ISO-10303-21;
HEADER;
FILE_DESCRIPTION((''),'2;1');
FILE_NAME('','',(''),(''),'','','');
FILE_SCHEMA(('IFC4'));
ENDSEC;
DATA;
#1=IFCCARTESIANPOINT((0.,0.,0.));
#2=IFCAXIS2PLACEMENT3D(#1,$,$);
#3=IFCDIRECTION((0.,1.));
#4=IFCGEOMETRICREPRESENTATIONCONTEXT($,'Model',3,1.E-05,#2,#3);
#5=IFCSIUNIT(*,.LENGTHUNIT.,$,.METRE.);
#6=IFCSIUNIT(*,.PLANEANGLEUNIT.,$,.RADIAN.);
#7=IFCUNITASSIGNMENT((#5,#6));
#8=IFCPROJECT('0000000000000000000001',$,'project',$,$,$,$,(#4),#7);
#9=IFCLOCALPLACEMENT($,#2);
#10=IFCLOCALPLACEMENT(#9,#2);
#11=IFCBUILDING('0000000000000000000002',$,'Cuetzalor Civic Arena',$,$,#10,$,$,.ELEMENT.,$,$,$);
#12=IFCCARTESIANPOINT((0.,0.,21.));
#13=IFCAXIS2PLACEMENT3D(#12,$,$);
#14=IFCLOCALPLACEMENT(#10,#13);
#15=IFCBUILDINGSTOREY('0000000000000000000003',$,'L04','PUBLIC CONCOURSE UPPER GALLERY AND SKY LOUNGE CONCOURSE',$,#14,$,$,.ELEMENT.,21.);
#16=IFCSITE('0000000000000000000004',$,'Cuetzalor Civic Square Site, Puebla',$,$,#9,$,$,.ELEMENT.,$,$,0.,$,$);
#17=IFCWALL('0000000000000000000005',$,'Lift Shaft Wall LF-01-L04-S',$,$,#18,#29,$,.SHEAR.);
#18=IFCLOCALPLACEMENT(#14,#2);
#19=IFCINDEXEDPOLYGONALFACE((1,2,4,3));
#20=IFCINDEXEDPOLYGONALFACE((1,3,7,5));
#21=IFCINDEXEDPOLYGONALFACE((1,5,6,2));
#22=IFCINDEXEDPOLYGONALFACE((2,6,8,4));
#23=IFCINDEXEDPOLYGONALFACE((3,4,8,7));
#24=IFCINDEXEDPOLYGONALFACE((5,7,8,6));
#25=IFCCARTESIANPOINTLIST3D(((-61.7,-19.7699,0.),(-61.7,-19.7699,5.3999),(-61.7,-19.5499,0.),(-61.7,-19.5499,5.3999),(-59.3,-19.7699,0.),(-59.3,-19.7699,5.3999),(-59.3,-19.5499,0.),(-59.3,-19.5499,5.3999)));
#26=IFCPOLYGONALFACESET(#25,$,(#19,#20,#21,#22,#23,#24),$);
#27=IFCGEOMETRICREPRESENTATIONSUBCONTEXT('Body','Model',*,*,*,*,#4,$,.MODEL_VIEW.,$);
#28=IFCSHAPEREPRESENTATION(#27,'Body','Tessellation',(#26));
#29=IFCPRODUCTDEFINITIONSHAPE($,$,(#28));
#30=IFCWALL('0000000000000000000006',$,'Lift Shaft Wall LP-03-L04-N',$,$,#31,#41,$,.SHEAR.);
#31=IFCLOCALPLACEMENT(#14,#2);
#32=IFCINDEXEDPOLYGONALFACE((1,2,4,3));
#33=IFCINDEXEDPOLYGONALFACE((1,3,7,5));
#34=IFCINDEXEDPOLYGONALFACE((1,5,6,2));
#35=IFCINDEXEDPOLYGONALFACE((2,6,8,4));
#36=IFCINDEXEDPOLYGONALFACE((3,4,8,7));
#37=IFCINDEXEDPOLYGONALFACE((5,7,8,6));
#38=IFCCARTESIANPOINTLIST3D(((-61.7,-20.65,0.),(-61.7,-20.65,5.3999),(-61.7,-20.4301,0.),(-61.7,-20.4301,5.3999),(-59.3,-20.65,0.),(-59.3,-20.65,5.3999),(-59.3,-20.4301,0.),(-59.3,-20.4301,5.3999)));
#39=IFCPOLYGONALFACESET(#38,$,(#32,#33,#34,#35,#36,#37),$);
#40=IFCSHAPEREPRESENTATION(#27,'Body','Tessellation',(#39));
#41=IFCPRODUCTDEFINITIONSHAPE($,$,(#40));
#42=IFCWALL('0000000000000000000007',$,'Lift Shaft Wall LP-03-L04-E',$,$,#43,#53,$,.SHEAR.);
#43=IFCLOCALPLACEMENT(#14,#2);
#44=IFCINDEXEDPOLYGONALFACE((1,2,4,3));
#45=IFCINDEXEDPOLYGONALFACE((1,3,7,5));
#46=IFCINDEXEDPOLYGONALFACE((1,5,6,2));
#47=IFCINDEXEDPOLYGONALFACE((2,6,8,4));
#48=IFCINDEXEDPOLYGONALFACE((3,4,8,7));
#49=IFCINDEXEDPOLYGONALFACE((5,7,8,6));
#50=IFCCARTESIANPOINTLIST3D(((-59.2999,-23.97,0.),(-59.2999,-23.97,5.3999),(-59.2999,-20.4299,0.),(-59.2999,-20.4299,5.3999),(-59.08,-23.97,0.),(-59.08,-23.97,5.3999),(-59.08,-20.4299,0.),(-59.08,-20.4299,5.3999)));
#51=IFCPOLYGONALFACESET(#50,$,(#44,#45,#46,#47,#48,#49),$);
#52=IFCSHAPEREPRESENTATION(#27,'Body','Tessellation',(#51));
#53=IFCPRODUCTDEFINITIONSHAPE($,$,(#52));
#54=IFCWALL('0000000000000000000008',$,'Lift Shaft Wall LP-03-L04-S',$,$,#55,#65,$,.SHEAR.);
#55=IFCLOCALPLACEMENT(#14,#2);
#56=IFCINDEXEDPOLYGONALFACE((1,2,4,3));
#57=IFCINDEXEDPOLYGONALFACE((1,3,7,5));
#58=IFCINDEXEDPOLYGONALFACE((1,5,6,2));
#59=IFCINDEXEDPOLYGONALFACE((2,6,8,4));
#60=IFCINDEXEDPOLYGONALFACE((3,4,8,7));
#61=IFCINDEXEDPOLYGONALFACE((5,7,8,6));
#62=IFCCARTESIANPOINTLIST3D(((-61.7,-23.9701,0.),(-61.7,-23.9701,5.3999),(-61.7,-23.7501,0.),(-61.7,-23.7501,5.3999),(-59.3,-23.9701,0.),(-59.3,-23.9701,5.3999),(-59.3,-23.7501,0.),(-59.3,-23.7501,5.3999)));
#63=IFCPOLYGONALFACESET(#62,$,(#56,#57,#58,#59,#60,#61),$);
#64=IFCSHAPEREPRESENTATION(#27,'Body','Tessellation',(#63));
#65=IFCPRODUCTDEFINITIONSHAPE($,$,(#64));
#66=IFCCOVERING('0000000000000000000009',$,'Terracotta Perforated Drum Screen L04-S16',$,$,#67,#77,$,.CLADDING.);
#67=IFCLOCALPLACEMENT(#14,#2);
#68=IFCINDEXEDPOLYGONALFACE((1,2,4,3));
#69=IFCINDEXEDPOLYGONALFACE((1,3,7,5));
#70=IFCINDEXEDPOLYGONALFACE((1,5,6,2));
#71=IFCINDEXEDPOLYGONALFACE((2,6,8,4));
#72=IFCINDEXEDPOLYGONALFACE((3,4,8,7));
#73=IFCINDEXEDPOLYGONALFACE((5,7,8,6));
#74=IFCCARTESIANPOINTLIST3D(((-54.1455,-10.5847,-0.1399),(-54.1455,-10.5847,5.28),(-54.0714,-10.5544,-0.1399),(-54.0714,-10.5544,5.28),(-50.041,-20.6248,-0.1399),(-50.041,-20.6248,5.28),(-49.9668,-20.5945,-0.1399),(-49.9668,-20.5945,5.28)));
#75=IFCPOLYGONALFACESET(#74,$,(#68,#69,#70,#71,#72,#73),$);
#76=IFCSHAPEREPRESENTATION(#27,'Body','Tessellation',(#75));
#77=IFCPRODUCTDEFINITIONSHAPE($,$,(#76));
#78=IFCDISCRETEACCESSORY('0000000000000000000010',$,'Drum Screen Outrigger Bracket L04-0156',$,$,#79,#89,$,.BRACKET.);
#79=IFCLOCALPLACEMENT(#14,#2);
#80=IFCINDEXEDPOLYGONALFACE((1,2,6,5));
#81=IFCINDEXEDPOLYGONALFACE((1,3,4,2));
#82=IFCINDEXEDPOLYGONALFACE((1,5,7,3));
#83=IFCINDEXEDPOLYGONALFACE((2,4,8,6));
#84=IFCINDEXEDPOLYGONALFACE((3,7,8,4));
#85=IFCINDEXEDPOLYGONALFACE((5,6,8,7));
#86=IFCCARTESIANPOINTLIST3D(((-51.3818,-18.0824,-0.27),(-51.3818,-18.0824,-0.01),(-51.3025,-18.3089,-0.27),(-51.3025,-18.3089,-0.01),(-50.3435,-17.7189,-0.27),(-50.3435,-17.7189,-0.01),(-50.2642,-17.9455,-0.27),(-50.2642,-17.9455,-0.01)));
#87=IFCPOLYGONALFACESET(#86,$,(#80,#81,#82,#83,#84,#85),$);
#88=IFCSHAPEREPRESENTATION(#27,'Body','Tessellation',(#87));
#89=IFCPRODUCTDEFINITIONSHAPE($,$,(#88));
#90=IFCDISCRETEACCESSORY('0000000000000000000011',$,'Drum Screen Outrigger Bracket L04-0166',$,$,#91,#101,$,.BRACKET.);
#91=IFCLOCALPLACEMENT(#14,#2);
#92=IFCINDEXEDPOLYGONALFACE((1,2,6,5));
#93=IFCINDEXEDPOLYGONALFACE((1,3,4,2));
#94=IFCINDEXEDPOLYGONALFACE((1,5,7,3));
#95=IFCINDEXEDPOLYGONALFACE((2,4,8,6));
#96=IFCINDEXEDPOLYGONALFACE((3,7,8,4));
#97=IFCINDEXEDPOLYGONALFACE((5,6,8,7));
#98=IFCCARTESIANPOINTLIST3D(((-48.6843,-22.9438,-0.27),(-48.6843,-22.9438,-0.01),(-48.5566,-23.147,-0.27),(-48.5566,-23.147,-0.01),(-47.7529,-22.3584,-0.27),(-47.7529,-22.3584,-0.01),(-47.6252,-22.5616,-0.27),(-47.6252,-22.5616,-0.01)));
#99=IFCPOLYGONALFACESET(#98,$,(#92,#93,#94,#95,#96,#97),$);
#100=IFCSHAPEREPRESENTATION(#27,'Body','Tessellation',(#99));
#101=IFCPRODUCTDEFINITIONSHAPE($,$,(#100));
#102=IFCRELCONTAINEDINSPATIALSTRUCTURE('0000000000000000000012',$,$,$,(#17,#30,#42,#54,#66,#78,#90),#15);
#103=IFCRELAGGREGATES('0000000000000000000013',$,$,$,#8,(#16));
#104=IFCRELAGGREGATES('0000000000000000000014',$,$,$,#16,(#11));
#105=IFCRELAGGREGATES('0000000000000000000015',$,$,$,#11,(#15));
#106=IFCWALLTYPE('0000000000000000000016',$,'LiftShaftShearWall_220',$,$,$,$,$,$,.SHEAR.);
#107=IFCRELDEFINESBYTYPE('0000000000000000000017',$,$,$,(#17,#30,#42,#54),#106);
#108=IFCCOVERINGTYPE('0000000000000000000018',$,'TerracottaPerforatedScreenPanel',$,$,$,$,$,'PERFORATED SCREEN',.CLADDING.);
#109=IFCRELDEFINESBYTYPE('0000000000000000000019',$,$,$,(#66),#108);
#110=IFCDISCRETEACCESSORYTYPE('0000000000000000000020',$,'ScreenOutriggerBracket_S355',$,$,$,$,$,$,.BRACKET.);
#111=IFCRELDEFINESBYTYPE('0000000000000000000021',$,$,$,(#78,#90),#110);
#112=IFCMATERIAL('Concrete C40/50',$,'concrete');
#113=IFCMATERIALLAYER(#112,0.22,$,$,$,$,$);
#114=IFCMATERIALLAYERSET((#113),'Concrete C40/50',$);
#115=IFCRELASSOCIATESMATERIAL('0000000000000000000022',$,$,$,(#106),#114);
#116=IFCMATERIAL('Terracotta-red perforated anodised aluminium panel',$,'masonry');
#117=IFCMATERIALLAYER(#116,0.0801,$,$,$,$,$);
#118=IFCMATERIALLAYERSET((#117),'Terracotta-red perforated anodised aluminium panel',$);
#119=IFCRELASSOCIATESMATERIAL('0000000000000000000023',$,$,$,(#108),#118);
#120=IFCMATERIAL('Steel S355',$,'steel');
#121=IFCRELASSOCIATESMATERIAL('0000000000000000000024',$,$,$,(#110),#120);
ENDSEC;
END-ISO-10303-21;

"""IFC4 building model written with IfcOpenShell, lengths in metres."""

from ifc_helpers import new_model, si_unit, direction, frame, frame_2d, origin, origin_2d, place, context, subcontext, project, spatial, rectangle, extrude, material, layer, layer_set, type_object, element, save


model = new_model("IFC4")

# Units and contexts
model_context = context("Model", 3, precision=1e-05, world=origin(), true_north=direction((0.0, 1.0)))
body_context = subcontext(model_context, "Body", "Model", "MODEL_VIEW")
ifc_project = project(units=[si_unit("LENGTHUNIT", "METRE"), si_unit("PLANEANGLEUNIT", "RADIAN")], contexts=[model_context])

# Site, building, storey
site_placement = place(None, origin())
site = spatial("IfcSite", under=ifc_project, at=site_placement, Name="Cuetzalor Civic Square Site, Puebla", CompositionType="ELEMENT", RefElevation=0.0)
building_placement = place(site_placement, origin())
building = spatial("IfcBuilding", under=site, at=building_placement, Name="Cuetzalor Civic Arena", CompositionType="ELEMENT")
storey_placement = place(building_placement, frame((0.0, 0.0, 21.0)))
storey = spatial("IfcBuildingStorey", under=building, at=storey_placement, Name="L04", Description="PUBLIC CONCOURSE UPPER GALLERY AND SKY LOUNGE CONCOURSE", CompositionType="ELEMENT", Elevation=21.0)

# Walls
ifc_material_1 = material(Name="Concrete C40/50", Category="concrete")
ifc_layer_1 = layer(ifc_material_1, 0.22)
ifc_layer_set_1 = layer_set([ifc_layer_1], Name="Concrete C40/50")
wall_type_1 = type_object("IfcWallType", Name="LiftShaftShearWall_220", PredefinedType="SHEAR", material=ifc_layer_set_1)
for number, where, z_axis, x_axis, name in (
    (1, (-59.3, -19.6599, 0.0), (0.0, 0.0, 1.0), (-1.0, 0.0, 0.0), "Lift Shaft Wall LF-01-L04-S"),
    (2, (-61.7, -20.54, 0.0), (0.0, 0.0, 1.0), (1.0, 0.0, 0.0), "Lift Shaft Wall LP-03-L04-N"),
):
    element("IfcWall", number, at=place(storey_placement, frame(where, z_axis=z_axis, x_axis=x_axis)), inside=storey, type_object=wall_type_1, Name=name, PredefinedType="SHEAR", context=body_context, shape_type="SweptSolid", body=[
        extrude(rectangle(XDim=2.3999, YDim=0.22, at=frame_2d((1.2, 0.0))), origin(), (0.0, 0.0, 1.0), 5.3999),
    ])
wall_1_placement = place(storey_placement, frame((-59.1899, -20.4299, 0.0), z_axis=(0.0, 0.0, 1.0), x_axis=(0.0, -1.0, 0.0)))
element("IfcWall", 3, at=wall_1_placement, inside=storey, type_object=wall_type_1, Name="Lift Shaft Wall LP-03-L04-E", PredefinedType="SHEAR", context=body_context, shape_type="SweptSolid", body=[
    extrude(rectangle(XDim=3.54, YDim=0.22, at=frame_2d((1.77, 0.0))), origin(), (0.0, 0.0, 1.0), 5.3999),
])
wall_2_placement = place(storey_placement, frame((-59.3, -23.8601, 0.0), z_axis=(0.0, 0.0, 1.0), x_axis=(-1.0, 0.0, 0.0)))
element("IfcWall", 4, at=wall_2_placement, inside=storey, type_object=wall_type_1, Name="Lift Shaft Wall LP-03-L04-S", PredefinedType="SHEAR", context=body_context, shape_type="SweptSolid", body=[
    extrude(rectangle(XDim=2.3999, YDim=0.22, at=frame_2d((1.2, 0.0))), origin(), (0.0, 0.0, 1.0), 5.3999),
])

# Covering
ifc_material_2 = material(Name="Terracotta-red perforated anodised aluminium panel", Category="masonry")
ifc_layer_2 = layer(ifc_material_2, 0.0801)
ifc_layer_set_2 = layer_set([ifc_layer_2], Name="Terracotta-red perforated anodised aluminium panel")
covering_type = type_object("IfcCoveringType", Name="TerracottaPerforatedScreenPanel", ElementType="PERFORATED SCREEN", PredefinedType="CLADDING", material=ifc_layer_set_2)
covering_placement = place(storey_placement, frame((-50.0039, -20.6096, -0.1399), z_axis=(0.0, 0.0, 1.0), x_axis=(-0.378412, 0.925637, 0.0)))
element("IfcCovering", 5, at=covering_placement, inside=storey, type_object=covering_type, Name="Terracotta Perforated Drum Screen L04-S16", PredefinedType="CLADDING", context=body_context, shape_type="SweptSolid", body=[
    extrude(rectangle(XDim=10.8467, YDim=0.0801, at=frame_2d((5.4233, 0.0))), origin(), (0.0, 0.0, 1.0), 5.4199),
])

# Discrete accessories
ifc_material_3 = material(Name="Steel S355", Category="steel")
discrete_accessory_type = type_object("IfcDiscreteAccessoryType", Name="ScreenOutriggerBracket_S355", PredefinedType="BRACKET", material=ifc_material_3)
for number, where, z_axis, x_axis, name in (
    (6, (-50.823, -18.0139, -0.27), (0.0, 0.0, 1.0), (-0.943859, -0.33035, 0.0), "Drum Screen Outrigger Bracket L04-0156"),
    (7, (-48.1548, -22.7527, -0.27), (0.0, 0.0, 1.0), (-0.846658, -0.532138, 0.0), "Drum Screen Outrigger Bracket L04-0166"),
):
    element("IfcDiscreteAccessory", number, at=place(storey_placement, frame(where, z_axis=z_axis, x_axis=x_axis)), inside=storey, type_object=discrete_accessory_type, Name=name, PredefinedType="BRACKET", context=body_context, shape_type="SweptSolid", body=[
        extrude(rectangle(XDim=1.1001, YDim=0.24, at=origin_2d()), origin(), (0.0, 0.0, 1.0), 0.26),
    ])

save(model, "model.ifc")
